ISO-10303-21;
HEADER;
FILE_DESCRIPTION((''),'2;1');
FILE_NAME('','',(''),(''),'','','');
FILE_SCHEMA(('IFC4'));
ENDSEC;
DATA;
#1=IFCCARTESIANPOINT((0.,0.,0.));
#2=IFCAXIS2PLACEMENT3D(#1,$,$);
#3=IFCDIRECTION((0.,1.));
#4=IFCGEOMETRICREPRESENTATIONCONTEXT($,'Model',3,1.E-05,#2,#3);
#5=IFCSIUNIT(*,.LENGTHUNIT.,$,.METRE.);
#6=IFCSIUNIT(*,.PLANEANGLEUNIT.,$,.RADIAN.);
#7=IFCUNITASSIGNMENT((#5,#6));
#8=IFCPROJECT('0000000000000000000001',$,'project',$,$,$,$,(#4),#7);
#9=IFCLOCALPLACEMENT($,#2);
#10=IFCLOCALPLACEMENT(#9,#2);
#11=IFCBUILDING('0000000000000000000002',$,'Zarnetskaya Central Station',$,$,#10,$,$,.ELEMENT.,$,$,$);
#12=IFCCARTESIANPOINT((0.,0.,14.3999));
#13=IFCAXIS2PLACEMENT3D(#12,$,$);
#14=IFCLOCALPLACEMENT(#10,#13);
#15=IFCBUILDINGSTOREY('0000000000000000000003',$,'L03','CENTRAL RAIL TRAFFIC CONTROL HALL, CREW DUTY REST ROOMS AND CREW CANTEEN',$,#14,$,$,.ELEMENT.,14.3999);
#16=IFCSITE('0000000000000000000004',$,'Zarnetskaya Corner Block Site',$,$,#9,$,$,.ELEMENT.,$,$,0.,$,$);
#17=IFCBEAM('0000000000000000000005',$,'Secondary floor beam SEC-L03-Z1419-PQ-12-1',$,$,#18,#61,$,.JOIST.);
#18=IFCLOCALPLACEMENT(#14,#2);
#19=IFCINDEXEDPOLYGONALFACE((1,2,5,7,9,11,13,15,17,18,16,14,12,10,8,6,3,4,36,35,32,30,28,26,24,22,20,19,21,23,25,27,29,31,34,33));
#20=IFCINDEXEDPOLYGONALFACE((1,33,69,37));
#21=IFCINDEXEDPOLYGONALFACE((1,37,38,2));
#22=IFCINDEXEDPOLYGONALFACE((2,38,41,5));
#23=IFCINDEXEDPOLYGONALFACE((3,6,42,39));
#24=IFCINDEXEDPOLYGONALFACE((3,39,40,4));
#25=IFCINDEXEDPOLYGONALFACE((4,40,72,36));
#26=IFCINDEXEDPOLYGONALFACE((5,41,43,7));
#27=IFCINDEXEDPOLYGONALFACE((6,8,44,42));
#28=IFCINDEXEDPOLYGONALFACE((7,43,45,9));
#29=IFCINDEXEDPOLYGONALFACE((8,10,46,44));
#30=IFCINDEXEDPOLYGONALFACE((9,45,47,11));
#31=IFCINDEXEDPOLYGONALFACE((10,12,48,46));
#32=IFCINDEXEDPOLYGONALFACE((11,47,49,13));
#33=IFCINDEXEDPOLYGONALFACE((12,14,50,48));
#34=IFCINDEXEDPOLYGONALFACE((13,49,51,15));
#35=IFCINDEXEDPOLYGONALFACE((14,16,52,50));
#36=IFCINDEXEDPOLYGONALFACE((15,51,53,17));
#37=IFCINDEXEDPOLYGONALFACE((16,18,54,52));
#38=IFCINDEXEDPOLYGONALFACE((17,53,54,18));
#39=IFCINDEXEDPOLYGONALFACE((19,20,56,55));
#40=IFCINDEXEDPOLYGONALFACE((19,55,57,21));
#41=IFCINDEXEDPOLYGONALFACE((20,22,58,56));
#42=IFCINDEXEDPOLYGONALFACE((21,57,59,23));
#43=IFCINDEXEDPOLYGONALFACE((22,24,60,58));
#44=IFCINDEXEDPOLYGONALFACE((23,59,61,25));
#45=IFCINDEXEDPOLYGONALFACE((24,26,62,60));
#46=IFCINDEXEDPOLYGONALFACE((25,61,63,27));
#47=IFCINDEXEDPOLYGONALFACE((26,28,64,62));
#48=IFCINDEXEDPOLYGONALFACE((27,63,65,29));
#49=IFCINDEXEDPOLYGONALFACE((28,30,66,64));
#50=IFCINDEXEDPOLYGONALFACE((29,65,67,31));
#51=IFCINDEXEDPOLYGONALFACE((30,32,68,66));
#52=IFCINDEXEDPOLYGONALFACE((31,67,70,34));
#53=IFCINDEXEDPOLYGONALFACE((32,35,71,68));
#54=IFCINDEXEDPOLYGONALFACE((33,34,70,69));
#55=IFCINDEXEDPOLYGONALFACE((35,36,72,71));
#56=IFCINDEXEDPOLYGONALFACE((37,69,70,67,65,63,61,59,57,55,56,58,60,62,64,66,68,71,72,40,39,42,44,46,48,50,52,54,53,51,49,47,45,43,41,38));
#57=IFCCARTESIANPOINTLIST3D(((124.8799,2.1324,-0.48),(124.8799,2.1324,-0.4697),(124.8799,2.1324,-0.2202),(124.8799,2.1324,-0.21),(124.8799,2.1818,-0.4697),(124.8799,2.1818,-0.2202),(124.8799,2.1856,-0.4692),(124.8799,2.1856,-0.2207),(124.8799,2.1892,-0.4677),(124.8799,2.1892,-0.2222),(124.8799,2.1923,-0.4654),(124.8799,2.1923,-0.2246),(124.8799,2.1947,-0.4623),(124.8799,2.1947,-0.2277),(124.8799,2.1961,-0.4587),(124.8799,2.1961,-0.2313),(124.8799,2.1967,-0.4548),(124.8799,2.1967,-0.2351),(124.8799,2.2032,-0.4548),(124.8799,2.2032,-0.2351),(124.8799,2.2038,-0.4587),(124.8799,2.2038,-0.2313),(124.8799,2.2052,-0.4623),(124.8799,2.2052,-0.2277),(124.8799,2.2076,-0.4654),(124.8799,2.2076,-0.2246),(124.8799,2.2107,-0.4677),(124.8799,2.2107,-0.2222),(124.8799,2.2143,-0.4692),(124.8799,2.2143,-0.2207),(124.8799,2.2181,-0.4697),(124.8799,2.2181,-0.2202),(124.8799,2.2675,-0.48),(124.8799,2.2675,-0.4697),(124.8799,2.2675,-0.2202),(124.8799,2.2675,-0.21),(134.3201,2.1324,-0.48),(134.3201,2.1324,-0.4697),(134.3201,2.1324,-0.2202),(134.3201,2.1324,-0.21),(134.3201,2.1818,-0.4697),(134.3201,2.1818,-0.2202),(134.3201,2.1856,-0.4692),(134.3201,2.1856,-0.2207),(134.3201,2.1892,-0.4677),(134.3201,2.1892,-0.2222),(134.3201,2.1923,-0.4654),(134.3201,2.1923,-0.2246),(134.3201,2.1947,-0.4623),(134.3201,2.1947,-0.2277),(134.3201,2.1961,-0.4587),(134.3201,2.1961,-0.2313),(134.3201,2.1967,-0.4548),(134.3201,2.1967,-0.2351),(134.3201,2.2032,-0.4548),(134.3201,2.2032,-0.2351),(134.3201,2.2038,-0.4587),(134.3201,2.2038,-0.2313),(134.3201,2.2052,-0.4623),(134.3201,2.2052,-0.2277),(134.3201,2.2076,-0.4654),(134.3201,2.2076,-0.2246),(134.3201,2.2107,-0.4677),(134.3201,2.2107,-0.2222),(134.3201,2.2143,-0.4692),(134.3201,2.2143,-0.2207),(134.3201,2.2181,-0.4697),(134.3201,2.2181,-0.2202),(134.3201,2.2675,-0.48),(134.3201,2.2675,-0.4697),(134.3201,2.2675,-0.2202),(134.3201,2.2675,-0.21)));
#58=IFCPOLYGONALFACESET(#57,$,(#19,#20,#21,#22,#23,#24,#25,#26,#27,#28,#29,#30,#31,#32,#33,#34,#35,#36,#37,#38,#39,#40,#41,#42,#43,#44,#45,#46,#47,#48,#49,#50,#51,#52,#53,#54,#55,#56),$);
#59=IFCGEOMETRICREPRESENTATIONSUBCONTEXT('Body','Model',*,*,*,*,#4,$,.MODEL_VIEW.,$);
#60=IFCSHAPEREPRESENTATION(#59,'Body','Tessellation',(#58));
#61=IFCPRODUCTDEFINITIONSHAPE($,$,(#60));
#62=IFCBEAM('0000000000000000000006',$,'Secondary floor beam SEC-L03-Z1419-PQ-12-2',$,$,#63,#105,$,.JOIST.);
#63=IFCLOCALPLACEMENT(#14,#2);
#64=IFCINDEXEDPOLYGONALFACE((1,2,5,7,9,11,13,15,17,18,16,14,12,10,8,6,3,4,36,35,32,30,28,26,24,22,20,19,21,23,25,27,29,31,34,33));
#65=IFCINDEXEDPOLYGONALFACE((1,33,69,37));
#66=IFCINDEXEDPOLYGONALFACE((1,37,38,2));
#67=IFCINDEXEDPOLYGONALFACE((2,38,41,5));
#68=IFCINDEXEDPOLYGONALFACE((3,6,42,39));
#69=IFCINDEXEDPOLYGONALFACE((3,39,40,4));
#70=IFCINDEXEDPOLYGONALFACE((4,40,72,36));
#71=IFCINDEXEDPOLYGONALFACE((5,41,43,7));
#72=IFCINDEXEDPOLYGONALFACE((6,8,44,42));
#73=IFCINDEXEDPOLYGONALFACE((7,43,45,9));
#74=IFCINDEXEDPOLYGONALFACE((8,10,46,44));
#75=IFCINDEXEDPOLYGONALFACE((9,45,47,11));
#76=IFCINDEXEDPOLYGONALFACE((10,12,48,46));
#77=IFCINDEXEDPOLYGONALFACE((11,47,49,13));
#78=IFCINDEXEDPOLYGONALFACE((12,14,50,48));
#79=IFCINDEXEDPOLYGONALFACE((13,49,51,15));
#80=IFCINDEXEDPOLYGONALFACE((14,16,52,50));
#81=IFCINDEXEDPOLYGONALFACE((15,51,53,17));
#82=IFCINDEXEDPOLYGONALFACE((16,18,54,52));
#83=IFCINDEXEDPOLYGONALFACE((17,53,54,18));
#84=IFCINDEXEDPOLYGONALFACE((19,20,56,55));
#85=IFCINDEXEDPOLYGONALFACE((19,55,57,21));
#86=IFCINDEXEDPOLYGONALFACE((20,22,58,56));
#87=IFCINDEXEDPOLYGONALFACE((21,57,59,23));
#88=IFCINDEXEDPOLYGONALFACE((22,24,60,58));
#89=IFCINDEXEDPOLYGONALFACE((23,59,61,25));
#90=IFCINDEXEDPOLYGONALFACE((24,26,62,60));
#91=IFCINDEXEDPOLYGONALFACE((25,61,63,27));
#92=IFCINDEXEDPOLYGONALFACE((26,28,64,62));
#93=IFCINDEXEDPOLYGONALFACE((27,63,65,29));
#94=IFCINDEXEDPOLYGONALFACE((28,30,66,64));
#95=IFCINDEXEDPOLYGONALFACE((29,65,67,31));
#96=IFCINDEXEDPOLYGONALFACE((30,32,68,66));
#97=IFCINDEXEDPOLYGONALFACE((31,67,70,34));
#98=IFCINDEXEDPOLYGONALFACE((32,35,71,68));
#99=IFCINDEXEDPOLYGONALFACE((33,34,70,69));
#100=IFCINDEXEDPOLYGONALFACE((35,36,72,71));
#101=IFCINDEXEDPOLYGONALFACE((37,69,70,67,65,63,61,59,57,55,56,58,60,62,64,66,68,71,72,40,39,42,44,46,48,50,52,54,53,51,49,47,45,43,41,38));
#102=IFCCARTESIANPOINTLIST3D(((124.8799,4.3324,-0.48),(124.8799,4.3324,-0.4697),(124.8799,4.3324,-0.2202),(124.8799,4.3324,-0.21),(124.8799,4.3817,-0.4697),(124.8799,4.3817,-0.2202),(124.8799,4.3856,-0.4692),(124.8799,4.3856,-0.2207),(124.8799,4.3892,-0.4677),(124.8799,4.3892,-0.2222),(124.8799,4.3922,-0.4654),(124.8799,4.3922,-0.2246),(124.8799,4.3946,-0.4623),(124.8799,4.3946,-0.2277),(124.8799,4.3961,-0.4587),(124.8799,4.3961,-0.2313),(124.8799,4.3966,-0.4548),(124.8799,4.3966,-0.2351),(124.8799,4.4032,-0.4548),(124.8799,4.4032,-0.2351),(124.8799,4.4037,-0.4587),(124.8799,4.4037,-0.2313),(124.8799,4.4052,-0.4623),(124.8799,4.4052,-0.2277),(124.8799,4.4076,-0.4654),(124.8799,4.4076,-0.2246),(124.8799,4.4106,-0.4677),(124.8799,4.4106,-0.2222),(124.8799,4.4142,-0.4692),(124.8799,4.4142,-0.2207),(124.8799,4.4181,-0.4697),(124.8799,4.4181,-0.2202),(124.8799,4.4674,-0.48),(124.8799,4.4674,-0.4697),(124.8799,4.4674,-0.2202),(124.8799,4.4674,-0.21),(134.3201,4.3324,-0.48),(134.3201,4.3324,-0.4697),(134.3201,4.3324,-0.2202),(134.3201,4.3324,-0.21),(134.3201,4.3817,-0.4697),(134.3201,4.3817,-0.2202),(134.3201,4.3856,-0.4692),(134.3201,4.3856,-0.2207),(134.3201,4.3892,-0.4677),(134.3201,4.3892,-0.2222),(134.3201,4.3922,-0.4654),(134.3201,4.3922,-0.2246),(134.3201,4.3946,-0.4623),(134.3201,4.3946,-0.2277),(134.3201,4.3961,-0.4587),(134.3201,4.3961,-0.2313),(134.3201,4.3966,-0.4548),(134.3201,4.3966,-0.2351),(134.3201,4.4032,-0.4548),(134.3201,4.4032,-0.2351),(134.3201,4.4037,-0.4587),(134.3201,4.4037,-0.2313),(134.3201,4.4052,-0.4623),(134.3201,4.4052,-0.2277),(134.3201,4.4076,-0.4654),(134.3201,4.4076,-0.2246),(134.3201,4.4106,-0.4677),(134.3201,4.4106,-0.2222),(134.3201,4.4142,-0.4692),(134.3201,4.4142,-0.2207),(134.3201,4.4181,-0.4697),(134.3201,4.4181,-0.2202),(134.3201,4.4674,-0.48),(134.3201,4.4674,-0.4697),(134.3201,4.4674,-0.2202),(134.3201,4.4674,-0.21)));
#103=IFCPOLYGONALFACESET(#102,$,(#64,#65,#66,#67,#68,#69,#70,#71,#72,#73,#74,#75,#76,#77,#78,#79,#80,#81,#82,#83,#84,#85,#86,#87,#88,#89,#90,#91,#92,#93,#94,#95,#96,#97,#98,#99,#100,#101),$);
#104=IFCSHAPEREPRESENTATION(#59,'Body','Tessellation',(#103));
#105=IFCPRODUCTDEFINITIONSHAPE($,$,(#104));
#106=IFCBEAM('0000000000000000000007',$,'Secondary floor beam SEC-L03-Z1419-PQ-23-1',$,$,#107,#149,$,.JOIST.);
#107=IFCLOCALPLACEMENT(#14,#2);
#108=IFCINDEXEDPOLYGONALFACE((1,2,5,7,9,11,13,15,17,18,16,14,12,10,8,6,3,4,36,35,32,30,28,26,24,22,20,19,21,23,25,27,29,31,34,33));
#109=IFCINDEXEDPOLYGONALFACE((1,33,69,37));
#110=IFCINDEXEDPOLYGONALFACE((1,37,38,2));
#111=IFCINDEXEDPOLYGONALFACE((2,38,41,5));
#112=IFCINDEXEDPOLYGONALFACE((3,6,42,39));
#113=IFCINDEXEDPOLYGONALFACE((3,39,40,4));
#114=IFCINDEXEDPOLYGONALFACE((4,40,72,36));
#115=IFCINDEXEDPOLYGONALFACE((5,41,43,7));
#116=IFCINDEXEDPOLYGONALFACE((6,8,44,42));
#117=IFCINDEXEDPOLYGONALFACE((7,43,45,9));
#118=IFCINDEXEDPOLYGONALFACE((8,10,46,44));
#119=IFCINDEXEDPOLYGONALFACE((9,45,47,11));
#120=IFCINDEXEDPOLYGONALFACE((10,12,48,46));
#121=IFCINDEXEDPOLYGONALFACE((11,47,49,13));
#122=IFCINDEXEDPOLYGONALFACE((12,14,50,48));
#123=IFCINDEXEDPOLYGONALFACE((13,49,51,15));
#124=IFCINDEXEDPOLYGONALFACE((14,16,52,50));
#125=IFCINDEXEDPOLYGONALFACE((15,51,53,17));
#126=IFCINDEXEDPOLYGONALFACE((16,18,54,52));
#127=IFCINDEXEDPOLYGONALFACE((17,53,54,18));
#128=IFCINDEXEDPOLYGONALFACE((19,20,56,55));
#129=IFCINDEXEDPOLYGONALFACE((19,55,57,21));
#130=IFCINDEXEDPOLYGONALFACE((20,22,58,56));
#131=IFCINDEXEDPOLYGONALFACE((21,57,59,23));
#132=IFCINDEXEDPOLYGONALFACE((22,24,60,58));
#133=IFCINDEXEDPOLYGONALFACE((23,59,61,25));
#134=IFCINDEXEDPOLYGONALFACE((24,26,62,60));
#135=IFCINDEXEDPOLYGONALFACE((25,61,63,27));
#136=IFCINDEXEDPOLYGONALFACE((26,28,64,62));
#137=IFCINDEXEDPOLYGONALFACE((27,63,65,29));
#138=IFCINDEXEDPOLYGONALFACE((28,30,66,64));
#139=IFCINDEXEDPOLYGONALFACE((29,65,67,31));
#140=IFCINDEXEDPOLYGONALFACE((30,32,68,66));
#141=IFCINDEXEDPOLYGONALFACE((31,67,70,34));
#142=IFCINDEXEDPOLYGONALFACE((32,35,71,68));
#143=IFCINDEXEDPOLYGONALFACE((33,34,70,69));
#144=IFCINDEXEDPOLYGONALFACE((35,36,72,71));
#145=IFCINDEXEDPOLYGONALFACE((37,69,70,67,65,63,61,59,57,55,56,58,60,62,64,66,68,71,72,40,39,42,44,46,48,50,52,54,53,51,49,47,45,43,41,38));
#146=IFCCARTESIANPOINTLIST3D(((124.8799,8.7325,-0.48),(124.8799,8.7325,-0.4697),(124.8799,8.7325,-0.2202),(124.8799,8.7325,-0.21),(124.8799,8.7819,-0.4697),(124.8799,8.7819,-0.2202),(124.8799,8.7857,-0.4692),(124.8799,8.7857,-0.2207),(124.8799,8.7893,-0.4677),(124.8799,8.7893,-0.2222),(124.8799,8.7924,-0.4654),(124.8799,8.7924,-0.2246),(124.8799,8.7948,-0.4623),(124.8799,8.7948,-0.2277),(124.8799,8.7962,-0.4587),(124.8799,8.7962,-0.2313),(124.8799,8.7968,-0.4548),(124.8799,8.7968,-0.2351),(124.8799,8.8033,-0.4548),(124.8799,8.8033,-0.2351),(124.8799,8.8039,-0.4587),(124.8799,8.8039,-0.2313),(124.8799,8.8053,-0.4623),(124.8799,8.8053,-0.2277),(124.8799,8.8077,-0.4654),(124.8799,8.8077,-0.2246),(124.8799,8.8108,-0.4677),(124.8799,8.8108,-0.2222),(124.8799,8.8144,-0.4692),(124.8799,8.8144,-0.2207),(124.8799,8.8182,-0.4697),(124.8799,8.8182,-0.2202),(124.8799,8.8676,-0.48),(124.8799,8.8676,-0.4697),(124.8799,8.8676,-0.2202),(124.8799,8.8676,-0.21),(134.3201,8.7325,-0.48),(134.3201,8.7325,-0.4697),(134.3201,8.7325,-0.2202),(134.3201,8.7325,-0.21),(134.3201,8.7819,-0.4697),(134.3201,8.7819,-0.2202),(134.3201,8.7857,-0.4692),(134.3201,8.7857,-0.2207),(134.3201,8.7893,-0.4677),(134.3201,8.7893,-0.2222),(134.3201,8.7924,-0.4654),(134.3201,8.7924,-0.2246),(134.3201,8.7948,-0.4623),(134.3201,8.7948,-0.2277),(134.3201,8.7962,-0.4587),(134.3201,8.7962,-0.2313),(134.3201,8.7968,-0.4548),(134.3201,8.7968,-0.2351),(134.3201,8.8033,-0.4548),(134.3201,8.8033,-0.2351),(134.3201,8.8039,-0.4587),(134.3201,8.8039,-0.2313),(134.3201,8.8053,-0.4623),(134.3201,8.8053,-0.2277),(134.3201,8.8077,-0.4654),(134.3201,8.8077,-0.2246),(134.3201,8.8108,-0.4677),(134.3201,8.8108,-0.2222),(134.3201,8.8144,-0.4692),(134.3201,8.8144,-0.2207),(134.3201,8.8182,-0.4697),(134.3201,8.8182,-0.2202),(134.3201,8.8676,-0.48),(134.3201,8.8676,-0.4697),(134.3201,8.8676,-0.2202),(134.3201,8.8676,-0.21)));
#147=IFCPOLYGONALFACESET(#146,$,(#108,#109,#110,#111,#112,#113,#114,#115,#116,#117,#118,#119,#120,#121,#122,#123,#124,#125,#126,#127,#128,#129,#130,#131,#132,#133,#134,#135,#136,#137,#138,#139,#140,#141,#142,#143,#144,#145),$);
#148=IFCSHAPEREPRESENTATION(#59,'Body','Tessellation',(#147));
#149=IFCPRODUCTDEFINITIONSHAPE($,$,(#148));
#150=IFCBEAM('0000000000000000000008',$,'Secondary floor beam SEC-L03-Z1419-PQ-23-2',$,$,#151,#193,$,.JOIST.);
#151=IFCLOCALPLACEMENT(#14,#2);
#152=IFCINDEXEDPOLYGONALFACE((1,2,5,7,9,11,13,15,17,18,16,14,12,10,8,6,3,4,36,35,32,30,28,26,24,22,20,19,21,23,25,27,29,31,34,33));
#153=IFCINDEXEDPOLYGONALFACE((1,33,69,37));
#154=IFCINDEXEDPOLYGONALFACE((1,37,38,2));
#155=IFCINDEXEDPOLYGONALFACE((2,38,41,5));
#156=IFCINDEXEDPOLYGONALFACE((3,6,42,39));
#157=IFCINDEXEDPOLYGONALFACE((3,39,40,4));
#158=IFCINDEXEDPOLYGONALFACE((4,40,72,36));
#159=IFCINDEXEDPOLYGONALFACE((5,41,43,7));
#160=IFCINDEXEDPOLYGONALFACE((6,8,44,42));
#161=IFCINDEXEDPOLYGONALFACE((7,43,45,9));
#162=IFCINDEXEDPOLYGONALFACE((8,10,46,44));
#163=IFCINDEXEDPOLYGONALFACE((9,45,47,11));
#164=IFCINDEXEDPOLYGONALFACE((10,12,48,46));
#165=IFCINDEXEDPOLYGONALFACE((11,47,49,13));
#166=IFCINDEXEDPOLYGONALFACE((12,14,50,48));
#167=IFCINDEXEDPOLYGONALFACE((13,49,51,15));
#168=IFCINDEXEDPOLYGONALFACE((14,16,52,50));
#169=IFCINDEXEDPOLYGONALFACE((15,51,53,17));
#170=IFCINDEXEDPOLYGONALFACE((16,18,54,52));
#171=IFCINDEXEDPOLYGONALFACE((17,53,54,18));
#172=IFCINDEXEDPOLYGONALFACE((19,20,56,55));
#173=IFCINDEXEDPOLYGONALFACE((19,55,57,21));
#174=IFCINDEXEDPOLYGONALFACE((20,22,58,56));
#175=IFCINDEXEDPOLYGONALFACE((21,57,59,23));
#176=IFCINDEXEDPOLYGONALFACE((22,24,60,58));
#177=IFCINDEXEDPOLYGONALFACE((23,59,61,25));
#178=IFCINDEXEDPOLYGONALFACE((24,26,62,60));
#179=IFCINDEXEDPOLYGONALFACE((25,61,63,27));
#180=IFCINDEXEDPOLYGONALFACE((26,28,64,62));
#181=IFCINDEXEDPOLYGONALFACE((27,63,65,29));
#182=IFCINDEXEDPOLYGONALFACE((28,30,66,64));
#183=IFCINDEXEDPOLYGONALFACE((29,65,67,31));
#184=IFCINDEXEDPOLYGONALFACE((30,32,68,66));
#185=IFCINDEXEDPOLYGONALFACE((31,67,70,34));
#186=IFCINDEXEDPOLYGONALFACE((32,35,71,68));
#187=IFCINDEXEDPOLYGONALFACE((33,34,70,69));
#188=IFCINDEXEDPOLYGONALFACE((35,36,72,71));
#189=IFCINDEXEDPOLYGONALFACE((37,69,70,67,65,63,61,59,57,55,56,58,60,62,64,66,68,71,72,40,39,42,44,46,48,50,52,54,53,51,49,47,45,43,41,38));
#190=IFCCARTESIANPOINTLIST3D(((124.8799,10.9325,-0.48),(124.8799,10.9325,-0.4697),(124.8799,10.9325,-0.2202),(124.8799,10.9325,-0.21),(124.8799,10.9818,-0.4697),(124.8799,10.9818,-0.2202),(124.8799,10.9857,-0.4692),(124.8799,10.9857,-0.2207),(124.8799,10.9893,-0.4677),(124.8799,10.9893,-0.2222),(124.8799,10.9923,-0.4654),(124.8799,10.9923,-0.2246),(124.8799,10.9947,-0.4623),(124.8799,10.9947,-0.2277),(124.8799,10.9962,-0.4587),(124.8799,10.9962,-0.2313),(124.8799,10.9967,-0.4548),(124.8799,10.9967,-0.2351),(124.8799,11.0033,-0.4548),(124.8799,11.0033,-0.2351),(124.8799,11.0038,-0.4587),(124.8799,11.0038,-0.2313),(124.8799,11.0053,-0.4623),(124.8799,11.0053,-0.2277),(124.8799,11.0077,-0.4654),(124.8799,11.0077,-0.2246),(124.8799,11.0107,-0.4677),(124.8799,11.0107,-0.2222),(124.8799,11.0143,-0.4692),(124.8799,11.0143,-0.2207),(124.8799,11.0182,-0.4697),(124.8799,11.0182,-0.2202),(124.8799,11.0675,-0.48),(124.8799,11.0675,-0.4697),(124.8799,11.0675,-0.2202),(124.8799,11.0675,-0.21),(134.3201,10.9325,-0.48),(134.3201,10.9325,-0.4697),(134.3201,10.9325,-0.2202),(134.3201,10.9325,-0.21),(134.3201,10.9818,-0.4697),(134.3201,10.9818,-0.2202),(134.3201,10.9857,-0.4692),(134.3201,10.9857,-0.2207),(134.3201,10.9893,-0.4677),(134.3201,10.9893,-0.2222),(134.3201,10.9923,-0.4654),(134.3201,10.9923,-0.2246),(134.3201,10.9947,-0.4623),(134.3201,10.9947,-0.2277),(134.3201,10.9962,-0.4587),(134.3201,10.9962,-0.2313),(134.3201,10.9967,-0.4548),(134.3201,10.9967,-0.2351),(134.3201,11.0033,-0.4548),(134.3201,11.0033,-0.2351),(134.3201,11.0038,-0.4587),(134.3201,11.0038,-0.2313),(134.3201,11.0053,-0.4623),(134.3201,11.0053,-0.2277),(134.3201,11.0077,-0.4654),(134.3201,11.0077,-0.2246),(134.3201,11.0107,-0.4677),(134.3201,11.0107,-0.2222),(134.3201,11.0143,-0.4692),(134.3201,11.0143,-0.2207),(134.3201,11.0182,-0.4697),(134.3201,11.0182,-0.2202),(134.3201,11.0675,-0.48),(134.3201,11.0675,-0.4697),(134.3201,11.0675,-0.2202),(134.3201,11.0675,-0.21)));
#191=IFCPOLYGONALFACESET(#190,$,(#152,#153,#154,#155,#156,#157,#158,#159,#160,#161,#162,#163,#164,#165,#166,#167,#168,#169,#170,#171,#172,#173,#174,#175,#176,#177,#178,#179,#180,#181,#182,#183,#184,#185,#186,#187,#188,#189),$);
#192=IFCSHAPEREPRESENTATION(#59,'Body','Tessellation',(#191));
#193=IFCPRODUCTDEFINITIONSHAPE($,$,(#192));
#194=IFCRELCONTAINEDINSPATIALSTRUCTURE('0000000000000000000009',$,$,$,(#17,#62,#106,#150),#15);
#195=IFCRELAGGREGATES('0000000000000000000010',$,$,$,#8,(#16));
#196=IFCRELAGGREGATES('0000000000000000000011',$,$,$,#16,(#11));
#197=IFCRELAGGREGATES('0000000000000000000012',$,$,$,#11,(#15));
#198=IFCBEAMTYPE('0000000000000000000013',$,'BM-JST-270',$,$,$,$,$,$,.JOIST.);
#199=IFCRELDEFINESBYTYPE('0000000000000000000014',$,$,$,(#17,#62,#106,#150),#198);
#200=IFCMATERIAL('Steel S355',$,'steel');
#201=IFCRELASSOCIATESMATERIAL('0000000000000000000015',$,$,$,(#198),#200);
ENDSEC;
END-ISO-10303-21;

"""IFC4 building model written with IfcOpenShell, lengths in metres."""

from ifc_helpers import new_model, si_unit, direction, frame, origin, origin_2d, place, context, subcontext, project, spatial, i_section, extrude, material, material_profile, profile_set, type_object, element, save


model = new_model("IFC4")

# Units and contexts
model_context = context("Model", 3, precision=1e-05, world=origin(), true_north=direction((0.0, 1.0)))
body_context = subcontext(model_context, "Body", "Model", "MODEL_VIEW")
ifc_project = project(units=[si_unit("LENGTHUNIT", "METRE"), si_unit("PLANEANGLEUNIT", "RADIAN")], contexts=[model_context])

# Site, building, storey
site_placement = place(None, origin())
site = spatial("IfcSite", under=ifc_project, at=site_placement, Name="Zarnetskaya Corner Block Site", CompositionType="ELEMENT", RefElevation=0.0)
building_placement = place(site_placement, origin())
building = spatial("IfcBuilding", under=site, at=building_placement, Name="Zarnetskaya Central Station", CompositionType="ELEMENT")
storey_placement = place(building_placement, frame((0.0, 0.0, 14.3999)))
storey = spatial("IfcBuildingStorey", under=building, at=storey_placement, Name="L03", Description="CENTRAL RAIL TRAFFIC CONTROL HALL, CREW DUTY REST ROOMS AND CREW CANTEEN", CompositionType="ELEMENT", Elevation=14.3999)

# Beams
ifc_material_1 = material(Name="Steel S355", Category="steel")
ifc_material_profile_1 = material_profile(ifc_material_1, i_section(OverallWidth=0.135, OverallDepth=0.27, WebThickness=0.0066, FlangeThickness=0.0103, FilletRadius=0.0149, at=origin_2d()), Name="IPE 270")
ifc_profile_set_1 = profile_set([ifc_material_profile_1], Name="Steel S355")
beam_type_1 = type_object("IfcBeamType", Name="BM-JST-270", PredefinedType="JOIST", material=ifc_profile_set_1)
for number, where, z_axis, x_axis, name in (
    (1, (124.8799, 2.2, -0.345), (1.0, 0.0, 0.0), (0.0, 1.0, 0.0), "Secondary floor beam SEC-L03-Z1419-PQ-12-1"),
    (2, (124.8799, 4.3999, -0.345), (1.0, 0.0, 0.0), (0.0, 1.0, 0.0), "Secondary floor beam SEC-L03-Z1419-PQ-12-2"),
    (3, (124.8799, 8.8, -0.345), (1.0, 0.0, 0.0), (0.0, 1.0, 0.0), "Secondary floor beam SEC-L03-Z1419-PQ-23-1"),
    (4, (124.8799, 11.0, -0.345), (1.0, 0.0, 0.0), (0.0, 1.0, 0.0), "Secondary floor beam SEC-L03-Z1419-PQ-23-2"),
):
    element("IfcBeam", number, at=place(storey_placement, frame(where, z_axis=z_axis, x_axis=x_axis)), inside=storey, type_object=beam_type_1, Name=name, PredefinedType="JOIST", context=body_context, shape_type="SweptSolid", body=[
        extrude(i_section(OverallWidth=0.135, OverallDepth=0.27, WebThickness=0.0066, FlangeThickness=0.0103, FilletRadius=0.0149, at=origin_2d()), origin(), (0.0, 0.0, 1.0), 9.4402),
    ])

save(model, "model.ifc")
